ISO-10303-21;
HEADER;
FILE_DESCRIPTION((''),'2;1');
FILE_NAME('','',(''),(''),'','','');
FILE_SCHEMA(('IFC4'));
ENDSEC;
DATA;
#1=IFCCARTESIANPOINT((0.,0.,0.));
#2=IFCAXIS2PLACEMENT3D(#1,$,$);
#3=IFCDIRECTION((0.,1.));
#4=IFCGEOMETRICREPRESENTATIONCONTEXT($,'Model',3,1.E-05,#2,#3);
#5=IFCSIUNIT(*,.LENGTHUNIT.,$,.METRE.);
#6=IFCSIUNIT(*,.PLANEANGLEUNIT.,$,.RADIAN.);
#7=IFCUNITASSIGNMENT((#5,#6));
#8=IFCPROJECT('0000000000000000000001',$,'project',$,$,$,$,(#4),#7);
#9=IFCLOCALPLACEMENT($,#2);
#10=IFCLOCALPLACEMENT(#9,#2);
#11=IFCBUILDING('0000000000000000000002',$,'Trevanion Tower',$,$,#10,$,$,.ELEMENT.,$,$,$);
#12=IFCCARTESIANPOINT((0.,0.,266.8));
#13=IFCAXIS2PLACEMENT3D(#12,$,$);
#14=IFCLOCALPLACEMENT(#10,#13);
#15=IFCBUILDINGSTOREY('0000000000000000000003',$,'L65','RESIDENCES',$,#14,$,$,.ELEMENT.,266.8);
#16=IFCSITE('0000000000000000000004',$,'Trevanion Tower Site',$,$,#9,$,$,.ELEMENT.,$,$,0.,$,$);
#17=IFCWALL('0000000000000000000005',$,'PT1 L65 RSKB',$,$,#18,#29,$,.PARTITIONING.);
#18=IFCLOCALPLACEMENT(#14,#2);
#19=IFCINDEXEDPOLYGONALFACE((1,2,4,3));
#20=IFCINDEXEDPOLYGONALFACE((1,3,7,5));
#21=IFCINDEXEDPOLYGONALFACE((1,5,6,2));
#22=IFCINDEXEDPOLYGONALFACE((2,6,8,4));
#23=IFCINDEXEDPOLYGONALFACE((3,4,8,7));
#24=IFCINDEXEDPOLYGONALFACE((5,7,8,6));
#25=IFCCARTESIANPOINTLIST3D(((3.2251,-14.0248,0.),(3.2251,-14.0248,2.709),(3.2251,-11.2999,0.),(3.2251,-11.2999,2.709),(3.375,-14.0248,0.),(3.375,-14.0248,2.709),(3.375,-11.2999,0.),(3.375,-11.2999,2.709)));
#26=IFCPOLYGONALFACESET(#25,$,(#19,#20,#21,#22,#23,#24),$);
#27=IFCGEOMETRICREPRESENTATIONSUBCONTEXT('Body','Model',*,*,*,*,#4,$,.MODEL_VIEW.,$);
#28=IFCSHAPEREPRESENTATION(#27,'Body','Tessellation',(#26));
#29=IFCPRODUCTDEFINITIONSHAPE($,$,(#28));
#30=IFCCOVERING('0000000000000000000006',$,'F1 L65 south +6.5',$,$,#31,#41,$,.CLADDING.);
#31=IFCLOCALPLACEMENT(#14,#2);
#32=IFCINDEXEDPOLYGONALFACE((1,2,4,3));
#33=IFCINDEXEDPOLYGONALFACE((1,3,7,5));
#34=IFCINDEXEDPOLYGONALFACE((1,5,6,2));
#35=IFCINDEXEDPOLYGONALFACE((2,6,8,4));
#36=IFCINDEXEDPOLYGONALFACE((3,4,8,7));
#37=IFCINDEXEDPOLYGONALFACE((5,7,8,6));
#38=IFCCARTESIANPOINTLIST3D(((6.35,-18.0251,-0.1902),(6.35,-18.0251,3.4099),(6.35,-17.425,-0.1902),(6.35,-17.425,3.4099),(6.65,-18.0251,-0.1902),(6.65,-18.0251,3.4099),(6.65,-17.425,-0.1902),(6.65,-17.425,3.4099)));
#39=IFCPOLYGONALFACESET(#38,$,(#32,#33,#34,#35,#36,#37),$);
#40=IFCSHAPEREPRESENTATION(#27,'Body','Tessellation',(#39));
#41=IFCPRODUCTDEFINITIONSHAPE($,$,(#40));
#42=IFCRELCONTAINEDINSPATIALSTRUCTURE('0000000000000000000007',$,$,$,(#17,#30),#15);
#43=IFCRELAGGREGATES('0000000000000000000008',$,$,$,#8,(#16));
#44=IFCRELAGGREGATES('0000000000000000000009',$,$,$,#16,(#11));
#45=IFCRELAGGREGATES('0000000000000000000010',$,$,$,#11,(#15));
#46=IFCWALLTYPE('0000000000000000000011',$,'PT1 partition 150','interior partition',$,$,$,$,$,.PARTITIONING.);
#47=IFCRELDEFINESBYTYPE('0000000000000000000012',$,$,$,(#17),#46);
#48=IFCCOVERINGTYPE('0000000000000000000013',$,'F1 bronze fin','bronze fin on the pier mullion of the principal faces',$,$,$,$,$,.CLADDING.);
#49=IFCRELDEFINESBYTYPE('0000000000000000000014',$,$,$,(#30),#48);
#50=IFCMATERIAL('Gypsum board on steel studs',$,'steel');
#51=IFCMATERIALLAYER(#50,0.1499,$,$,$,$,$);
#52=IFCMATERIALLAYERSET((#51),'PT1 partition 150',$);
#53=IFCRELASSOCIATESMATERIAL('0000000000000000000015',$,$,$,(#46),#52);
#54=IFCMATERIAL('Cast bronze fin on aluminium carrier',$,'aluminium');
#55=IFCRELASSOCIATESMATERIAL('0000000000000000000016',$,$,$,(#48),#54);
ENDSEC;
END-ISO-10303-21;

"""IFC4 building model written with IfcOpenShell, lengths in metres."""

from ifc_helpers import new_model, si_unit, direction, frame, frame_2d, origin, origin_2d, place, context, subcontext, project, spatial, rectangle, extrude, material, layer, layer_set, type_object, element, save


model = new_model("IFC4")

# Units and contexts
model_context = context("Model", 3, precision=1e-05, world=origin(), true_north=direction((0.0, 1.0)))
body_context = subcontext(model_context, "Body", "Model", "MODEL_VIEW")
ifc_project = project(units=[si_unit("LENGTHUNIT", "METRE"), si_unit("PLANEANGLEUNIT", "RADIAN")], contexts=[model_context])

# Site, building, storey
site_placement = place(None, origin())
site = spatial("IfcSite", under=ifc_project, at=site_placement, Name="Trevanion Tower Site", CompositionType="ELEMENT", RefElevation=0.0)
building_placement = place(site_placement, origin())
building = spatial("IfcBuilding", under=site, at=building_placement, Name="Trevanion Tower", CompositionType="ELEMENT")
storey_placement = place(building_placement, frame((0.0, 0.0, 266.8)))
storey = spatial("IfcBuildingStorey", under=building, at=storey_placement, Name="L65", Description="RESIDENCES", CompositionType="ELEMENT", Elevation=266.8)

# Shared definitions
ifc_material_1 = material(Name="Gypsum board on steel studs", Category="steel")
ifc_layer_1 = layer(ifc_material_1, 0.1499)
ifc_layer_set_1 = layer_set([ifc_layer_1], Name="PT1 partition 150")
wall_type_1 = type_object("IfcWallType", Name="PT1 partition 150", Description="interior partition", PredefinedType="PARTITIONING", material=ifc_layer_set_1)

# Wall
wall_1_placement = place(storey_placement, frame((3.3, -11.3, 0.0), z_axis=(0.0, 0.0, 1.0), x_axis=(0.0, -1.0, 0.0)))
element("IfcWall", 1, at=wall_1_placement, inside=storey, type_object=wall_type_1, Name="PT1 L65 RSKB", PredefinedType="PARTITIONING", context=body_context, shape_type="SweptSolid", body=[
    extrude(rectangle(XDim=2.7249, YDim=0.1499, at=frame_2d((1.3623, 0.0))), origin(), (0.0, 0.0, 1.0), 2.709),
])

# Covering
ifc_material_2 = material(Name="Cast bronze fin on aluminium carrier", Category="aluminium")
covering_type = type_object("IfcCoveringType", Name="F1 bronze fin", Description="bronze fin on the pier mullion of the principal faces", PredefinedType="CLADDING", material=ifc_material_2)
covering_placement = place(storey_placement, frame((6.5, -17.7251, -0.1902), z_axis=(0.0, 0.0, 1.0), x_axis=(1.0, 0.0, 0.0)))
element("IfcCovering", 2, at=covering_placement, inside=storey, type_object=covering_type, Name="F1 L65 south +6.5", PredefinedType="CLADDING", context=body_context, shape_type="SweptSolid", body=[
    extrude(rectangle(XDim=0.3, YDim=0.6001, at=origin_2d()), origin(), (0.0, 0.0, 1.0), 3.6001),
])

save(model, "model.ifc")
